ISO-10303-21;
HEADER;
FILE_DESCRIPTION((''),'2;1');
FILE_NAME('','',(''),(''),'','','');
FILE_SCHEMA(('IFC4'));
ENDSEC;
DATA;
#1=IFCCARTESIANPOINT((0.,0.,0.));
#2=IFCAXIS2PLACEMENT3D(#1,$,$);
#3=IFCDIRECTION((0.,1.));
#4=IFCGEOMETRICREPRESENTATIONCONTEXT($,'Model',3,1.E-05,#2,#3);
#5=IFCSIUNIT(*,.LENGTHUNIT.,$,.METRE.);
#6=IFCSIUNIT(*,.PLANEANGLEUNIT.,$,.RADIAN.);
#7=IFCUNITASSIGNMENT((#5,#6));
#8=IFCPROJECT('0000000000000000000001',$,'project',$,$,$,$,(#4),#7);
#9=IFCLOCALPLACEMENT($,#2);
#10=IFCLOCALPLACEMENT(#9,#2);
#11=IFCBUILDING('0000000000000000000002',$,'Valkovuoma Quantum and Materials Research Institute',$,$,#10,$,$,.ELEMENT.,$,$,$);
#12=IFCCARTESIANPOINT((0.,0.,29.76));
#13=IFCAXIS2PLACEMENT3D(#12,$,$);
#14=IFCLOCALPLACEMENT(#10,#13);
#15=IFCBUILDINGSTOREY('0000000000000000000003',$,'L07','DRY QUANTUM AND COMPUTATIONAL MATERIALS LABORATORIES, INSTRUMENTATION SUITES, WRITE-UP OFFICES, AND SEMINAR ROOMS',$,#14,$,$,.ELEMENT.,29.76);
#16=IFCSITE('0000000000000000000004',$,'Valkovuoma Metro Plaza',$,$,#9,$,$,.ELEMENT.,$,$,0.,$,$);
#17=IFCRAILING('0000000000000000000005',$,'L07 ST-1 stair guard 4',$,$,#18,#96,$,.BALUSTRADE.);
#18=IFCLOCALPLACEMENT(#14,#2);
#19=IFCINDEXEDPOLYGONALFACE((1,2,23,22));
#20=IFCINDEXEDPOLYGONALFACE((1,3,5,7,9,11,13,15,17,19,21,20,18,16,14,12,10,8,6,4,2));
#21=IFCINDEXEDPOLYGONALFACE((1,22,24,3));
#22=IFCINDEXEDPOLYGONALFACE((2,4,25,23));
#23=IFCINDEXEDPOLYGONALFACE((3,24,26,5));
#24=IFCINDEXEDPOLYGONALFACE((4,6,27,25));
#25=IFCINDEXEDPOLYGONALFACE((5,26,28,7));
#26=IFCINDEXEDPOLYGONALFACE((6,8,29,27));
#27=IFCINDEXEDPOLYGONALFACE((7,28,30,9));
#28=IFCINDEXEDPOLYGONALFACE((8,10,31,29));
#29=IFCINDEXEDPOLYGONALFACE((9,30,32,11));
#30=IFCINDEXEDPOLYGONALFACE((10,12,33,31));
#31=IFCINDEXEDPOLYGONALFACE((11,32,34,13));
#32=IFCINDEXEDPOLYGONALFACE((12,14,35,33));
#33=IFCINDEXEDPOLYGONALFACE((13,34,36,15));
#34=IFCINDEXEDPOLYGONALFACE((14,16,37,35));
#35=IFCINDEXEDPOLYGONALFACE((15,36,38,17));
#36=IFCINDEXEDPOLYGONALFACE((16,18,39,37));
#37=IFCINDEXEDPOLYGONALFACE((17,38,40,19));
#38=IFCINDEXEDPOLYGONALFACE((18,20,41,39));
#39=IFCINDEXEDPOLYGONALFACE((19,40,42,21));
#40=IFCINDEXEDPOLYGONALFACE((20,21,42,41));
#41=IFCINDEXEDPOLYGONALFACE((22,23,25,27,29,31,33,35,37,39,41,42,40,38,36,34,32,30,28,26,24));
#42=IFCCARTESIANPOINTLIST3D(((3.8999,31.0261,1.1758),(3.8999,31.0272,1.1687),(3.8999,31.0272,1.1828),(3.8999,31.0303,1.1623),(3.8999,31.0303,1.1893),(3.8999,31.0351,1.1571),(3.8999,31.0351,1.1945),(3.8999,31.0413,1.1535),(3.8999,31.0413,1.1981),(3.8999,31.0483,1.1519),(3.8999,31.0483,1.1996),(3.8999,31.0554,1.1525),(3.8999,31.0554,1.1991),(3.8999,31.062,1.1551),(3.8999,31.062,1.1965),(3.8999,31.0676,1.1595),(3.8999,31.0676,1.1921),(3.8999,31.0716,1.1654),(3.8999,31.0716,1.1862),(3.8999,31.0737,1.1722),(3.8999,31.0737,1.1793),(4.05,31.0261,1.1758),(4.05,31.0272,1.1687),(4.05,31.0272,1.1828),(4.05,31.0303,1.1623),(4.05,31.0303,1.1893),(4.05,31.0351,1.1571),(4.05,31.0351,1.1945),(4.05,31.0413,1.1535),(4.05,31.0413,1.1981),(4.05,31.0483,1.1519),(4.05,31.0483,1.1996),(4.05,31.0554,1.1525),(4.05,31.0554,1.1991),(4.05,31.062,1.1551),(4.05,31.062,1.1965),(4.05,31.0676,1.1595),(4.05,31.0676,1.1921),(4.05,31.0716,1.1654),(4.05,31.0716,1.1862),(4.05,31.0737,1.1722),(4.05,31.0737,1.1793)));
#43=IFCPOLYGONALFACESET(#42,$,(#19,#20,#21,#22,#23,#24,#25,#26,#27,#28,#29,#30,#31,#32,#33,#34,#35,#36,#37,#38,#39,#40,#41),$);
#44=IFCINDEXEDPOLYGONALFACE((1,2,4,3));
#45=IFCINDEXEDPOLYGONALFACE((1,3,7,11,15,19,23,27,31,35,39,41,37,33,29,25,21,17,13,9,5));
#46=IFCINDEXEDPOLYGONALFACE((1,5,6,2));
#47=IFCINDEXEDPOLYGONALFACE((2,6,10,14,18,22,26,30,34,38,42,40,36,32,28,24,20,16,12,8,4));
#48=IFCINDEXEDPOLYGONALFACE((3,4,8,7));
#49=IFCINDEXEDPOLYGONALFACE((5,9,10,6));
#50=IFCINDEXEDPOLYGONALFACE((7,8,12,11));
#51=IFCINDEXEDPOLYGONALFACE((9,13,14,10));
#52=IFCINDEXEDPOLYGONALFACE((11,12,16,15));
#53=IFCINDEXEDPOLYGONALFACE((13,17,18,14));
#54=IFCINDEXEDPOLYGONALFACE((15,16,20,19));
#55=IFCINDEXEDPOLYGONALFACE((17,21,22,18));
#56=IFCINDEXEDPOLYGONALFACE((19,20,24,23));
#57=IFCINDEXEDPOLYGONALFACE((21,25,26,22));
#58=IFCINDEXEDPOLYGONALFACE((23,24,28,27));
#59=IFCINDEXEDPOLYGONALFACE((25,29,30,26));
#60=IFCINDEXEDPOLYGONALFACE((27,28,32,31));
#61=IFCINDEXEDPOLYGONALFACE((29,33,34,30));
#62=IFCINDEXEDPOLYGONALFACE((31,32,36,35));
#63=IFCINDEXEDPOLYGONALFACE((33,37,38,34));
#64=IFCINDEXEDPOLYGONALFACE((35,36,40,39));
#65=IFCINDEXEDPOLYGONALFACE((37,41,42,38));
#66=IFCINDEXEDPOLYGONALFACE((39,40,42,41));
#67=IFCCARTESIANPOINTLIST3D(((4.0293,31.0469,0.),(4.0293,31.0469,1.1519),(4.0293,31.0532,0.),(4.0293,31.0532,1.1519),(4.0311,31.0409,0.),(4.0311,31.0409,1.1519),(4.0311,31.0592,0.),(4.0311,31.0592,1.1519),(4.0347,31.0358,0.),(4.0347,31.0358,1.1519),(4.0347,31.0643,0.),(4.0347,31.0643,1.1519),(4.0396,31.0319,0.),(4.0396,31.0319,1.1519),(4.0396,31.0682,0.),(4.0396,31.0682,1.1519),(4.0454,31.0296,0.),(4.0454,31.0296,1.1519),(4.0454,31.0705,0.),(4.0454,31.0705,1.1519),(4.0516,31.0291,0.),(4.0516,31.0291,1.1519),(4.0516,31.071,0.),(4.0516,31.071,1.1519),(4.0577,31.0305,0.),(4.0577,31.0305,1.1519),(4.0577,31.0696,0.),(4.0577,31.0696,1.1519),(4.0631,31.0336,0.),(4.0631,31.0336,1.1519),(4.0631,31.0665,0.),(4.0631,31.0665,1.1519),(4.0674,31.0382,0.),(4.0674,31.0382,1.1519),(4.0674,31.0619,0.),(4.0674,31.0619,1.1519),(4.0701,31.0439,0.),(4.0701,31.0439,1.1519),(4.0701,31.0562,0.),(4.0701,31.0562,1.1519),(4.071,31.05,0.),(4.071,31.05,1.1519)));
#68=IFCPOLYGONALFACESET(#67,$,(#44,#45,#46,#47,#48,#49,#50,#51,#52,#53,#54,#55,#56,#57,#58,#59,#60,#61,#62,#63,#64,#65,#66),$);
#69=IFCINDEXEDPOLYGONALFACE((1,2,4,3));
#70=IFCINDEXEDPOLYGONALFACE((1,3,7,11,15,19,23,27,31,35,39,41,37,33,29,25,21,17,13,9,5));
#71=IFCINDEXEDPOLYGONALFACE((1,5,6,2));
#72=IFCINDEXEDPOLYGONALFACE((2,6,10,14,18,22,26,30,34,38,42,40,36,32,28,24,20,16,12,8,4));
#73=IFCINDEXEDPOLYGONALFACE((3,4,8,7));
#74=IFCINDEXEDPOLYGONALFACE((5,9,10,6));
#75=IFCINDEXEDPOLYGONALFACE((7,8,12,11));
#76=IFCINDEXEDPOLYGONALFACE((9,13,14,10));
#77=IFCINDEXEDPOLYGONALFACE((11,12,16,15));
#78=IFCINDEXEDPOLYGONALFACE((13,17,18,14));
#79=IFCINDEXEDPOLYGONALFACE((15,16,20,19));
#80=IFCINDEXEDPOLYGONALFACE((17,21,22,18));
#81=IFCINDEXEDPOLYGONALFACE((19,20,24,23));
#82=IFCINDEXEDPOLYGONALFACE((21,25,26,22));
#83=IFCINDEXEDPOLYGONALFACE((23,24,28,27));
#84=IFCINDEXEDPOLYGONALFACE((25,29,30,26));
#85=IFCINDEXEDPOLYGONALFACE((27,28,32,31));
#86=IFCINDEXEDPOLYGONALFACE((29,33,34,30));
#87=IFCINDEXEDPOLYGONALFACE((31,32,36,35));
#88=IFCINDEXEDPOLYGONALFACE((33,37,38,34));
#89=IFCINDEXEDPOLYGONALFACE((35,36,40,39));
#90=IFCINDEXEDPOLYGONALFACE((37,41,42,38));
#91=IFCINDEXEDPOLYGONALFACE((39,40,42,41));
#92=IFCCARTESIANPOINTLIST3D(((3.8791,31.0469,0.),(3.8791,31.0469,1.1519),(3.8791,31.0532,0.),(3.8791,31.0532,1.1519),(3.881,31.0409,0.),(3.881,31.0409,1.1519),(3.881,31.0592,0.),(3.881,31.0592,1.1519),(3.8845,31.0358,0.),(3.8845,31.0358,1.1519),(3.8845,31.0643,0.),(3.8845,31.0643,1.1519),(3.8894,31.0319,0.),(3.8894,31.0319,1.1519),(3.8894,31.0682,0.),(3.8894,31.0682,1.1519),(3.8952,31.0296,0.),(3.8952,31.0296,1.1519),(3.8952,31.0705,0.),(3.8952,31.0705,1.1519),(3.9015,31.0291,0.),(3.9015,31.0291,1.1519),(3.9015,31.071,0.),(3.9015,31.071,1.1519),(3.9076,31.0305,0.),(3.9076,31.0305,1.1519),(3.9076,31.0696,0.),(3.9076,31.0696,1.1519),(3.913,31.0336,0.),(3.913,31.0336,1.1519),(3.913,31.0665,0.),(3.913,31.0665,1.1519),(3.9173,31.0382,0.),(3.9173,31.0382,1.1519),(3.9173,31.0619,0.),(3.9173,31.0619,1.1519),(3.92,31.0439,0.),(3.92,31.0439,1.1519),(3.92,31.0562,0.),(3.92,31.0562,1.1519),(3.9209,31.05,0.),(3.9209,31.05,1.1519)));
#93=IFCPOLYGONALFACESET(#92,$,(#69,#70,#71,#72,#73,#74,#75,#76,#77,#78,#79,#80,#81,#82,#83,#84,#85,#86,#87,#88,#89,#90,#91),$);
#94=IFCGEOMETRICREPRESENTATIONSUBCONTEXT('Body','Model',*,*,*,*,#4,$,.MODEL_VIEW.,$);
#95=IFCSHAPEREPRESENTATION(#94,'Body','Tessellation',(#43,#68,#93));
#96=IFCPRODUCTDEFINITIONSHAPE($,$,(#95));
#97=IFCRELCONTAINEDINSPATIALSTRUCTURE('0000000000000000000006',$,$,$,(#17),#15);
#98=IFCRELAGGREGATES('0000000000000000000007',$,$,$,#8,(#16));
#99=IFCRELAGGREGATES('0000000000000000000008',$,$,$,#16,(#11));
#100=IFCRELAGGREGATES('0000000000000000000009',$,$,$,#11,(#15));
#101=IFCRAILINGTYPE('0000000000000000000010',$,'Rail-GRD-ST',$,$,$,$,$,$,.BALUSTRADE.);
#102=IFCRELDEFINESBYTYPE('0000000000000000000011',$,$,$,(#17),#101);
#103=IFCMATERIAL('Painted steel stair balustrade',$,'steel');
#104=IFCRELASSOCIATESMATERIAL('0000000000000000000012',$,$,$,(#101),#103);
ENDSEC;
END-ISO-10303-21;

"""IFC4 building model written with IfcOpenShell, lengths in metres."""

from ifc_helpers import new_model, si_unit, direction, frame, origin, origin_2d, place, context, subcontext, project, spatial, circle, extrude, material, type_object, element, save


model = new_model("IFC4")

# Units and contexts
model_context = context("Model", 3, precision=1e-05, world=origin(), true_north=direction((0.0, 1.0)))
body_context = subcontext(model_context, "Body", "Model", "MODEL_VIEW")
ifc_project = project(units=[si_unit("LENGTHUNIT", "METRE"), si_unit("PLANEANGLEUNIT", "RADIAN")], contexts=[model_context])

# Site, building, storey
site_placement = place(None, origin())
site = spatial("IfcSite", under=ifc_project, at=site_placement, Name="Valkovuoma Metro Plaza", CompositionType="ELEMENT", RefElevation=0.0)
building_placement = place(site_placement, origin())
building = spatial("IfcBuilding", under=site, at=building_placement, Name="Valkovuoma Quantum and Materials Research Institute", CompositionType="ELEMENT")
storey_placement = place(building_placement, frame((0.0, 0.0, 29.76)))
storey = spatial("IfcBuildingStorey", under=building, at=storey_placement, Name="L07", Description="DRY QUANTUM AND COMPUTATIONAL MATERIALS LABORATORIES, INSTRUMENTATION SUITES, WRITE-UP OFFICES, AND SEMINAR ROOMS", CompositionType="ELEMENT", Elevation=29.76)

# Railing
ifc_material_1 = material(Name="Painted steel stair balustrade", Category="steel")
railing_type_1 = type_object("IfcRailingType", Name="Rail-GRD-ST", PredefinedType="BALUSTRADE", material=ifc_material_1)
railing_1_placement = place(storey_placement, frame((4.05, 31.05, 0.0)))
element("IfcRailing", 1, at=railing_1_placement, inside=storey, type_object=railing_type_1, Name="L07 ST-1 stair guard 4", PredefinedType="BALUSTRADE", context=body_context, shape_type="SweptSolid", body=[
    extrude(circle(Radius=0.0239, at=origin_2d()), frame((0.0, 0.0, 1.1758), z_axis=(-1.0, 0.0, 0.0), x_axis=(0.0, -1.0, 0.0)), (0.0, 0.0, 1.0), 0.1501),
    extrude(circle(Radius=0.021, at=origin_2d()), origin(), (0.0, 0.0, 1.0), 1.1519),
    extrude(circle(Radius=0.021, at=origin_2d()), frame((-0.1501, 0.0, 0.0)), (0.0, 0.0, 1.0), 1.1519),
])

save(model, "model.ifc")
